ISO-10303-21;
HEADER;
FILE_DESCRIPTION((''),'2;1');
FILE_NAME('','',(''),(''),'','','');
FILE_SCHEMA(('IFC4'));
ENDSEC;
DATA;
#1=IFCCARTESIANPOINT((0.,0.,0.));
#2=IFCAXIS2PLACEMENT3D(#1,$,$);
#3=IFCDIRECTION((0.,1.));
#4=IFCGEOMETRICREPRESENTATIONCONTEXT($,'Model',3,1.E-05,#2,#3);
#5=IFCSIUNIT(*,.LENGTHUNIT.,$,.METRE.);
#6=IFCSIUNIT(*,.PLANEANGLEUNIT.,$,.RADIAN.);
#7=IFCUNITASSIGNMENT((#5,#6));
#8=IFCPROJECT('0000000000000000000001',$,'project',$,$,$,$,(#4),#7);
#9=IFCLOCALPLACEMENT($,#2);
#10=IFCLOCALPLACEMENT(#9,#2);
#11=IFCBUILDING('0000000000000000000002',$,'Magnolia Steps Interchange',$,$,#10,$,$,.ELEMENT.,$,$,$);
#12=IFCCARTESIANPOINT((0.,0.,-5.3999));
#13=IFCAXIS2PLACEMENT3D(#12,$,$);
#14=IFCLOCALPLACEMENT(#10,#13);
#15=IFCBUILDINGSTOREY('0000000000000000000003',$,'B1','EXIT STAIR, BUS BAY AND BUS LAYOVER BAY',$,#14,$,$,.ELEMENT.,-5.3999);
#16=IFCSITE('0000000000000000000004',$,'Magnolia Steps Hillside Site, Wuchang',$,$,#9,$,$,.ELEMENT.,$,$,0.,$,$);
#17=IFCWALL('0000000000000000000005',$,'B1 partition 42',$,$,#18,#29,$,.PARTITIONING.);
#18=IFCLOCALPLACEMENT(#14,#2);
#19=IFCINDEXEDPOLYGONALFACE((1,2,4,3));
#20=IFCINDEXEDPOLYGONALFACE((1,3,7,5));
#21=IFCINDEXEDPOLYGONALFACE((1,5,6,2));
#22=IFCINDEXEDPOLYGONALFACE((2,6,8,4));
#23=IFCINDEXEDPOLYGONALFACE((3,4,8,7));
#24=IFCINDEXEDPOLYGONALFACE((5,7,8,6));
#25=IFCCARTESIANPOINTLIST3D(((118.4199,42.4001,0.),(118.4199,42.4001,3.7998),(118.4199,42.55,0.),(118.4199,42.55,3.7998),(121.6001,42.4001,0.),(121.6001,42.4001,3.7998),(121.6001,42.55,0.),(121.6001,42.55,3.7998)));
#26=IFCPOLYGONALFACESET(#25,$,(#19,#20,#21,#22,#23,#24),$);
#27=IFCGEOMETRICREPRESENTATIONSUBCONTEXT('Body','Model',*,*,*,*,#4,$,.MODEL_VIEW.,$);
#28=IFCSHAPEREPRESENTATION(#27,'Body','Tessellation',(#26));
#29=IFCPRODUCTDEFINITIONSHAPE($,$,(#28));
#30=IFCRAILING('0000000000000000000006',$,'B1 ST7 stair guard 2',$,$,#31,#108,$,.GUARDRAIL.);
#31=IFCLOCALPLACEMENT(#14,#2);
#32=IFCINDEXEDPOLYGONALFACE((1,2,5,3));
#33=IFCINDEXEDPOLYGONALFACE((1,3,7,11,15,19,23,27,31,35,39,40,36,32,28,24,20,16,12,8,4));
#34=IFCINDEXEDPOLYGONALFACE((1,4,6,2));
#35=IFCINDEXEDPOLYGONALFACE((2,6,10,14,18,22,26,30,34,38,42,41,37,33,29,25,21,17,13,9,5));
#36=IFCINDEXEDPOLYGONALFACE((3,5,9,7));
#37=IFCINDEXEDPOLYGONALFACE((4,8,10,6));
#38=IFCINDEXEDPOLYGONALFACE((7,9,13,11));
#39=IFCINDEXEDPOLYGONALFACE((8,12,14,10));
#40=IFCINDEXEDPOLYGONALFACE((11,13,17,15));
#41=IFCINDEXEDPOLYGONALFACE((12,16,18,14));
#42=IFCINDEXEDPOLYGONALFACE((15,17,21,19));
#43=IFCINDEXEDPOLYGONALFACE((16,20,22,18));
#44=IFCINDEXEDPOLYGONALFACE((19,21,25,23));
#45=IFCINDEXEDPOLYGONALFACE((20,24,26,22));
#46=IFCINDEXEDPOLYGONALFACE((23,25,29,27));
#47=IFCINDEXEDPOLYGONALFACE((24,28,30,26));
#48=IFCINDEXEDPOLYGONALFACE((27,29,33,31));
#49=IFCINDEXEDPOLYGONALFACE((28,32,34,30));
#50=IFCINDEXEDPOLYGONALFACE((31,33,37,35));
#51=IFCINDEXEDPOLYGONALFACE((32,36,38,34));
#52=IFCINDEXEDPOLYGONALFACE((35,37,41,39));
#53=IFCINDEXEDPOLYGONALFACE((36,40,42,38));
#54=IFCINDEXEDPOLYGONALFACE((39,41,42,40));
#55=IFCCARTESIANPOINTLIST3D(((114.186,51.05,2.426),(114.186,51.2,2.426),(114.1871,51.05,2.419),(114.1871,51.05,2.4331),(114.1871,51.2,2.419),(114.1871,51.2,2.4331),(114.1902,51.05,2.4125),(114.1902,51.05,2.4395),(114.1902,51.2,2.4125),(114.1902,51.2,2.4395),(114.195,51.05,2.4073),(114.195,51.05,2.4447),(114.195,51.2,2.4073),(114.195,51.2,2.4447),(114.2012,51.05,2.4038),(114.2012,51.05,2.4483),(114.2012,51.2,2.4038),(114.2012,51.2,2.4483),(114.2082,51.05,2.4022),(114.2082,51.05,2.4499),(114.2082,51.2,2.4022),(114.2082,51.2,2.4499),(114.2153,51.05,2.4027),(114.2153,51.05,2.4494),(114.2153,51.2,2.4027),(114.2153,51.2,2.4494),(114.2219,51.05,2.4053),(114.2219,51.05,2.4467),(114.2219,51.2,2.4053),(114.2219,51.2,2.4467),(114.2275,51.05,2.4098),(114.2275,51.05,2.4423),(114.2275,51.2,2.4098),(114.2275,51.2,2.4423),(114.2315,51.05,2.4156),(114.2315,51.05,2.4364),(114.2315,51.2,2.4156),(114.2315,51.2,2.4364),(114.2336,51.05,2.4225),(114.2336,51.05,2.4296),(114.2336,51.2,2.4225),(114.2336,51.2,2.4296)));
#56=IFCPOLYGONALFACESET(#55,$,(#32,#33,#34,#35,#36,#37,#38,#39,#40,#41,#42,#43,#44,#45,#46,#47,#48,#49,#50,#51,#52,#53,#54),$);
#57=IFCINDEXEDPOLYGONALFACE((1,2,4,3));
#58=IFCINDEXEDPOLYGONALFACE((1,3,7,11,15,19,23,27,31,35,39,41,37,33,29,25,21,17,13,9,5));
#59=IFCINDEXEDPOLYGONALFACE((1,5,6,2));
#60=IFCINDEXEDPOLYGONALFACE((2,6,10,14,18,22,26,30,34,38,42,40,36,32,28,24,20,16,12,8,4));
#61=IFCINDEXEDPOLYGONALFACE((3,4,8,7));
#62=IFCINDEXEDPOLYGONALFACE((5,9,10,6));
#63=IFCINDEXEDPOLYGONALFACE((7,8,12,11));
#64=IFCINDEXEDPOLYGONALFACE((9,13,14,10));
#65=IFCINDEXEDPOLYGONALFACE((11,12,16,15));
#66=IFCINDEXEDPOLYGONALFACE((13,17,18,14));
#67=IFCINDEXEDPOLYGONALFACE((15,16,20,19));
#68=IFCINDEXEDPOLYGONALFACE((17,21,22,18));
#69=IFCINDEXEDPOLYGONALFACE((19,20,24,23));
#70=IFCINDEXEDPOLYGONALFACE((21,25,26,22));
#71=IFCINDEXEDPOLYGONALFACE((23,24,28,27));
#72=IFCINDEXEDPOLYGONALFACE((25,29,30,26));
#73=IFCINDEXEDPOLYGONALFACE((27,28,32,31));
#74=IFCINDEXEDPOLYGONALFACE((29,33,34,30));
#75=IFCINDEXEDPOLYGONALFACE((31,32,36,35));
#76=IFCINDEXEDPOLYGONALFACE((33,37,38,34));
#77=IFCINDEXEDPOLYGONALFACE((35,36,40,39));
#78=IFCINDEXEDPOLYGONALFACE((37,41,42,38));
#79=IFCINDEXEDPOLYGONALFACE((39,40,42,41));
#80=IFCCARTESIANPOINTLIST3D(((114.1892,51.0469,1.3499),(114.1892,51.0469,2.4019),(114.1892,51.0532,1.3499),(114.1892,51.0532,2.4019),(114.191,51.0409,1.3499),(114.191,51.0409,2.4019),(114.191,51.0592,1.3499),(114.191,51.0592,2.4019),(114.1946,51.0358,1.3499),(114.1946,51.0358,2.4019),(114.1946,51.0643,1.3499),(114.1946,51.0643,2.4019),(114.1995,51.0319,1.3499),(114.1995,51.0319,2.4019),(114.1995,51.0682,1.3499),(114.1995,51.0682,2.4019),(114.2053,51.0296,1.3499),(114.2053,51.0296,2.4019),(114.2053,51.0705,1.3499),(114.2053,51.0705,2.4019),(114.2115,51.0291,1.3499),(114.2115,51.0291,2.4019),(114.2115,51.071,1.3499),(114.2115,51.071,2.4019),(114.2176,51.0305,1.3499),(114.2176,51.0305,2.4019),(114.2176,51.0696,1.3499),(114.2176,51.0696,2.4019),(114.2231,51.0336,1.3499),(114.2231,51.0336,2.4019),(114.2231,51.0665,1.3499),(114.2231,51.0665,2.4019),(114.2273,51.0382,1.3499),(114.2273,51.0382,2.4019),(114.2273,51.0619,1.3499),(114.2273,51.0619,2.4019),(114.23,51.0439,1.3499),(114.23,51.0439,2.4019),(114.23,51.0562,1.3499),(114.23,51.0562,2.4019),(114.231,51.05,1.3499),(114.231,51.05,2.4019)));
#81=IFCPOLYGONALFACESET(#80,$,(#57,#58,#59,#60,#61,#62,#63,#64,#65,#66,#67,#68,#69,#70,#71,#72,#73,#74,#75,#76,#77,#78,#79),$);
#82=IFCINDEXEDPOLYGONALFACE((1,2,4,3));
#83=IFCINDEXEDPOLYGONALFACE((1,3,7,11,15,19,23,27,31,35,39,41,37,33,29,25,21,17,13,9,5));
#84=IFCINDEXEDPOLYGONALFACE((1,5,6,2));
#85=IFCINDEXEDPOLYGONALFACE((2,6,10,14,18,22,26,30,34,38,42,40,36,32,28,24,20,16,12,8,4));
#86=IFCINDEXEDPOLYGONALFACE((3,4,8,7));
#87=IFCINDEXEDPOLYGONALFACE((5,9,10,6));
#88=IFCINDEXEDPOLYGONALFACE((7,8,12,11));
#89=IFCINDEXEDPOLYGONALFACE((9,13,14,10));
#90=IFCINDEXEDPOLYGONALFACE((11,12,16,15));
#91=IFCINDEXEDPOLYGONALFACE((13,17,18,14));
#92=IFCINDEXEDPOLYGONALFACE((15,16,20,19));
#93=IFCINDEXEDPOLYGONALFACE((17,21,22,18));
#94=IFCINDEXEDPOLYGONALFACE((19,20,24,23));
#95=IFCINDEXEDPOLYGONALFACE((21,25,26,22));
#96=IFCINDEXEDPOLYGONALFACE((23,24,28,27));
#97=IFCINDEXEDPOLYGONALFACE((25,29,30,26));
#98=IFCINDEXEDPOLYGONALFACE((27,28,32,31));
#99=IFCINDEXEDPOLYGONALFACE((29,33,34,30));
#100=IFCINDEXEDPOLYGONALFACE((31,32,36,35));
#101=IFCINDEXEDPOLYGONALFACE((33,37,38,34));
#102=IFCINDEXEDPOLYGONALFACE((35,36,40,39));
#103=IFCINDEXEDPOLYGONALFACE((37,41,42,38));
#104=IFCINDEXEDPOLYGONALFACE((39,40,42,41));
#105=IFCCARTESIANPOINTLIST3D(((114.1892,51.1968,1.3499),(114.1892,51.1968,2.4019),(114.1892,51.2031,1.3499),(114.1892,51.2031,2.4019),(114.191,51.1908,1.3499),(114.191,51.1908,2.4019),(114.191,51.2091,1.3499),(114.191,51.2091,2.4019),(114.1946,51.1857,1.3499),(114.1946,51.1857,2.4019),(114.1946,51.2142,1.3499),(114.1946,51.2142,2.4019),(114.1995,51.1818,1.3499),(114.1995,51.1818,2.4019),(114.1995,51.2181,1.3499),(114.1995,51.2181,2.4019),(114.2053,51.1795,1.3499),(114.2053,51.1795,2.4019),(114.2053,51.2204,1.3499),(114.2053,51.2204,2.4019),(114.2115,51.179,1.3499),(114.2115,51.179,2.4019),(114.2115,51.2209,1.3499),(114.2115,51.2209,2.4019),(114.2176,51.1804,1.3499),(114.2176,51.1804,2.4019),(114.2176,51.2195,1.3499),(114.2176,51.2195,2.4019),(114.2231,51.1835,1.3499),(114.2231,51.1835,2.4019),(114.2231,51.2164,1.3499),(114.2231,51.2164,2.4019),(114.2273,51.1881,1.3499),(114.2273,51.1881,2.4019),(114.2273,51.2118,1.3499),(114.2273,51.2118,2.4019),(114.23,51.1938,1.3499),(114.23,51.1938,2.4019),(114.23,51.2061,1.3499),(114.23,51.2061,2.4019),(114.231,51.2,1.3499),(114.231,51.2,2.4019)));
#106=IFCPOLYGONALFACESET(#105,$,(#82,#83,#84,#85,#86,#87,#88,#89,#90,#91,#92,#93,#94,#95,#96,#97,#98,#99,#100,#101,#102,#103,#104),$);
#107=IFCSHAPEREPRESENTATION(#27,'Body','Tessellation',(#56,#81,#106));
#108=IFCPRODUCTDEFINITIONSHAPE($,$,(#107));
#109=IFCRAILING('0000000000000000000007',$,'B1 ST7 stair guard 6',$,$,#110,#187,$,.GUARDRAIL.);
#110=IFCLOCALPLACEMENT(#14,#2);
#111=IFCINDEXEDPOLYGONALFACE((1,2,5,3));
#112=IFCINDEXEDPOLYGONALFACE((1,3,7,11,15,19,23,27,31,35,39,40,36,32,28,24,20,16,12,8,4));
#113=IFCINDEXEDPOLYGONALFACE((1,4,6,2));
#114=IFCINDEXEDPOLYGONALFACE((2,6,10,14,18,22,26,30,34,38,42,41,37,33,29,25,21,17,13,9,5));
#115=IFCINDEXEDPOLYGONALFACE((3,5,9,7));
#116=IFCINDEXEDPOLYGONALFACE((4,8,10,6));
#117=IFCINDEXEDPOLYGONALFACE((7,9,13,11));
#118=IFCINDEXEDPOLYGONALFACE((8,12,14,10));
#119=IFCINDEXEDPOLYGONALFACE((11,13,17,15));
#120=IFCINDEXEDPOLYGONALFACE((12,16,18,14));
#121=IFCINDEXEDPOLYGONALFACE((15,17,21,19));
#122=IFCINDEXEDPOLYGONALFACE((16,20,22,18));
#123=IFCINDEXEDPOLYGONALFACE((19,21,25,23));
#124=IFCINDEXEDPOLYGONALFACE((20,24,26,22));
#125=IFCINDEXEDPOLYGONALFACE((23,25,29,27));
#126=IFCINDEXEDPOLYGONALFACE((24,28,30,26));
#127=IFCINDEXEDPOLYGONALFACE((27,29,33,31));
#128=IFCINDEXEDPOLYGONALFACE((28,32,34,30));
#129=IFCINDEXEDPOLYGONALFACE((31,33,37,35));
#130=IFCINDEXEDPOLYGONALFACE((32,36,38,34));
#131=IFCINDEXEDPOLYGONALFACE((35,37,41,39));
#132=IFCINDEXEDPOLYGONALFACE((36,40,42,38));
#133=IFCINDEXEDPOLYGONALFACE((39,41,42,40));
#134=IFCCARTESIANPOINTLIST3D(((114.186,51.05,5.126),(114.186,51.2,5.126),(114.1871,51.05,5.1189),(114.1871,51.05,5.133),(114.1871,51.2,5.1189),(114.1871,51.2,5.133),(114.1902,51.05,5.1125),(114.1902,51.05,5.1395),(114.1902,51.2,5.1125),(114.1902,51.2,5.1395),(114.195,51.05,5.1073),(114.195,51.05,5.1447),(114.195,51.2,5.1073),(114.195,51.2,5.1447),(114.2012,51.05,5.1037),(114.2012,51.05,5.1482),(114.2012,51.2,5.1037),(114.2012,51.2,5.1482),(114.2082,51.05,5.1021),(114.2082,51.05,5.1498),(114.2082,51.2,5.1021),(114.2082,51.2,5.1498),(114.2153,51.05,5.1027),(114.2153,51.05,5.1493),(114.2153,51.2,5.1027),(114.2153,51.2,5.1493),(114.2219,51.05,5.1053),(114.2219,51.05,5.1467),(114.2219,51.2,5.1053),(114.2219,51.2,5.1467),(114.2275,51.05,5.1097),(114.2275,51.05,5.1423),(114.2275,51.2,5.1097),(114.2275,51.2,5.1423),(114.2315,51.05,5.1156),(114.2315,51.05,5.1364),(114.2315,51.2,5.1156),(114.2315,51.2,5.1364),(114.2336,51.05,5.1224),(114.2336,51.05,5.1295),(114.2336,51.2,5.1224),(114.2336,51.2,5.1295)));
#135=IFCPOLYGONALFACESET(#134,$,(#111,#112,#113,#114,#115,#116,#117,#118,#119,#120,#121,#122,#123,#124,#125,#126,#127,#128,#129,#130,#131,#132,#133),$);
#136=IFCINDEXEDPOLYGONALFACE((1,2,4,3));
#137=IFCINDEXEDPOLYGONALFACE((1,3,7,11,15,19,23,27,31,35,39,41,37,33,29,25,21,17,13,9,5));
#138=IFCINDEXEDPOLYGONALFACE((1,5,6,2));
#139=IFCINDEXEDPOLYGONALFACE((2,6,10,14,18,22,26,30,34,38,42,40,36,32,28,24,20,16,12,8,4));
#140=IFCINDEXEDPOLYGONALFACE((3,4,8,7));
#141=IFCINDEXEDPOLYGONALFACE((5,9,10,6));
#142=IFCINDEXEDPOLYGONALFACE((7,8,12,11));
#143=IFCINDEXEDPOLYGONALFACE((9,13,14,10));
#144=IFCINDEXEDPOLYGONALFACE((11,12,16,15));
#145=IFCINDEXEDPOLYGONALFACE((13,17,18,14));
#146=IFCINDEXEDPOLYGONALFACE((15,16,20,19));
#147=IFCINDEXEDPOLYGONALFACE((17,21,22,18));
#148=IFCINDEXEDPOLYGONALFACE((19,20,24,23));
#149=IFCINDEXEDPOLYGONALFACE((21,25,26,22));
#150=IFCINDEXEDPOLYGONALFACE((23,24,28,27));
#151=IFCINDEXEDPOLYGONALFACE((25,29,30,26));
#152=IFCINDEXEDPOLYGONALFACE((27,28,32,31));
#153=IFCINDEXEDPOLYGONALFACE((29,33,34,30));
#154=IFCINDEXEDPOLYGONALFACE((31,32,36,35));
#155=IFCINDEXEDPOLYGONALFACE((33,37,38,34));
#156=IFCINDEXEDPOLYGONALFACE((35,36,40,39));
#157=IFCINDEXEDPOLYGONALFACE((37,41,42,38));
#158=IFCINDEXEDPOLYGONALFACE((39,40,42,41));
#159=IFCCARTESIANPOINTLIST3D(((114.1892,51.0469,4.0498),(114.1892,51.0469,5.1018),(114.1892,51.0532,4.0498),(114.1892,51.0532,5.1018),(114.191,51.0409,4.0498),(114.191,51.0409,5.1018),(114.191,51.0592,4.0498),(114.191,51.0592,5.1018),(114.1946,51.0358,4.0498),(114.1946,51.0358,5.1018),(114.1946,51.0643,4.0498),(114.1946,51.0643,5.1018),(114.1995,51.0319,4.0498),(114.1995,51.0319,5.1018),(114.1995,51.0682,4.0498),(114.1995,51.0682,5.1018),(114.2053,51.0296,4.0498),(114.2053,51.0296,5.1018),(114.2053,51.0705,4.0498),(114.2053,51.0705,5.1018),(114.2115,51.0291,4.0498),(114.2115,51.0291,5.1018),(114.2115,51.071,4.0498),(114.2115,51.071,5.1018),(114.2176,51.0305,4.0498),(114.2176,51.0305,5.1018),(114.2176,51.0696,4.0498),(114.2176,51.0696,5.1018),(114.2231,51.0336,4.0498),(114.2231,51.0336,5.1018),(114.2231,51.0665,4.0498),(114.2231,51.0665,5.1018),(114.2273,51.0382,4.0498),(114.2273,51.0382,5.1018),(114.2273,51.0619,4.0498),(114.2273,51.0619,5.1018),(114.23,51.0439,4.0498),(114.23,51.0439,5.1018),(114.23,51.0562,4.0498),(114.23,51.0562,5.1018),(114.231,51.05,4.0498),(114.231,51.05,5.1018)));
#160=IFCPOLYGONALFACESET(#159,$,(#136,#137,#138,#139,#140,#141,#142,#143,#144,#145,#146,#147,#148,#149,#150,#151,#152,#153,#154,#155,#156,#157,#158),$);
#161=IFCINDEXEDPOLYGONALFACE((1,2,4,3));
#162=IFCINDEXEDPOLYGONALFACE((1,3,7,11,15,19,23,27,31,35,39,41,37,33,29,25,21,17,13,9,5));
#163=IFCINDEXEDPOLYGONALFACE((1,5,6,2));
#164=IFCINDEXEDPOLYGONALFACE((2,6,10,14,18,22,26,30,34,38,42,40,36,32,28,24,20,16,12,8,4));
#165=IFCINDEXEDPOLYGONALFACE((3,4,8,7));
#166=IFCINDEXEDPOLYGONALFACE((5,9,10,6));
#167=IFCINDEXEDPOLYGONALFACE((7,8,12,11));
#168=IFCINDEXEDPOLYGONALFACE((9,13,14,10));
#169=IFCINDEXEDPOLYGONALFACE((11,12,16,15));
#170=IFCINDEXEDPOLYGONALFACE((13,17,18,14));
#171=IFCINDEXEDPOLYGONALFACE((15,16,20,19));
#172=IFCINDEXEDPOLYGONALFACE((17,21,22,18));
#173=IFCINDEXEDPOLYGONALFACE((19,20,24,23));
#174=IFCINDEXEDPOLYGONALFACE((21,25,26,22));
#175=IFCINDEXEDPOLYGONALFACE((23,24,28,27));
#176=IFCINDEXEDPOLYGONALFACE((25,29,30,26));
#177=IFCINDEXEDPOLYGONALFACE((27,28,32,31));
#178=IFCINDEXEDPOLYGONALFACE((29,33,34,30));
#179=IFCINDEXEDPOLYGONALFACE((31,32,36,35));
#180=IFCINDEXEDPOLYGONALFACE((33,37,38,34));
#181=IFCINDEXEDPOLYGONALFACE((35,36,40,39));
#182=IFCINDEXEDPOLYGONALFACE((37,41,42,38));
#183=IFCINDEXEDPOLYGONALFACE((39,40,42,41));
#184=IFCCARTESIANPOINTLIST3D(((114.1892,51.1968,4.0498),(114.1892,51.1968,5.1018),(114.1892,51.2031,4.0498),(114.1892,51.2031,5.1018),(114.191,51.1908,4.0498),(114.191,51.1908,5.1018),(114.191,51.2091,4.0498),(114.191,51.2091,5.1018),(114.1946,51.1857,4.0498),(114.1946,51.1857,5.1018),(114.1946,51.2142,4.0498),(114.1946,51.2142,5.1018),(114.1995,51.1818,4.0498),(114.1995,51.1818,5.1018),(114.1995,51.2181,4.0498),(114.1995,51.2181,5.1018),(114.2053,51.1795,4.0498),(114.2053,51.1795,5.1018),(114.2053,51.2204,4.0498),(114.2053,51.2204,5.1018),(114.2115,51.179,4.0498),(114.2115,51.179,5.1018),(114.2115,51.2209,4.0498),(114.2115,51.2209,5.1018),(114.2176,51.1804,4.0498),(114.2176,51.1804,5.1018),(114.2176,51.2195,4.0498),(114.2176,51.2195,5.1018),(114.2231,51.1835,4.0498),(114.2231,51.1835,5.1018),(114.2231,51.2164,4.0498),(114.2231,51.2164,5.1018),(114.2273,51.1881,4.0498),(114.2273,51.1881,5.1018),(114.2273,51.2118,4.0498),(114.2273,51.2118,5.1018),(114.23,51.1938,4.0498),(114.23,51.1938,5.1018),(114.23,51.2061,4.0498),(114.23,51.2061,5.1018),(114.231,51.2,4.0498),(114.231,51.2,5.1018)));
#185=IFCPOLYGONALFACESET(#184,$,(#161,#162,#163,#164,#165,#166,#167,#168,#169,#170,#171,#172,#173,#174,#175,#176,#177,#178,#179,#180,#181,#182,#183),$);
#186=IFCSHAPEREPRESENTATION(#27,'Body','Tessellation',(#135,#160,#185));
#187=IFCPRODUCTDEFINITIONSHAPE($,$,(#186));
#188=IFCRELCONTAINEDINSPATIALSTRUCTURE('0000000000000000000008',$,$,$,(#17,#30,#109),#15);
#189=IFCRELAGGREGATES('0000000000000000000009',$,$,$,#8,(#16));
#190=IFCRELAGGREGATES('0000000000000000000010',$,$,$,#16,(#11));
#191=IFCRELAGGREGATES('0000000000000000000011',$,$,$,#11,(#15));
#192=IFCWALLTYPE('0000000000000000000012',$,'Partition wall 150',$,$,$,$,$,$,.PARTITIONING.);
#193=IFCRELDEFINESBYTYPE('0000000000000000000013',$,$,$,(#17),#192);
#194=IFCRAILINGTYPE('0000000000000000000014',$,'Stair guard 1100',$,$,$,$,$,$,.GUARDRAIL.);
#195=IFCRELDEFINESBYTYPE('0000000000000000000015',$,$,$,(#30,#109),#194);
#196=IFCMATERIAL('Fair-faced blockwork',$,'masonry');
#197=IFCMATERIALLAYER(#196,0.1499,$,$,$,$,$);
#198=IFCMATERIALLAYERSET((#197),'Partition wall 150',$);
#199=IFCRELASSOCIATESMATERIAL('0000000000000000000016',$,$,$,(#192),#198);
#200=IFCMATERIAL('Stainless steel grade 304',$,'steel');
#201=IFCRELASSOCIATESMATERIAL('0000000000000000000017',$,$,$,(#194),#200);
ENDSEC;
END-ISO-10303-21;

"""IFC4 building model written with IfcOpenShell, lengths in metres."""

from ifc_helpers import new_model, si_unit, direction, frame, frame_2d, origin, origin_2d, place, context, subcontext, project, spatial, rectangle, circle, extrude, material, layer, layer_set, type_object, element, save


model = new_model("IFC4")

# Units and contexts
model_context = context("Model", 3, precision=1e-05, world=origin(), true_north=direction((0.0, 1.0)))
body_context = subcontext(model_context, "Body", "Model", "MODEL_VIEW")
ifc_project = project(units=[si_unit("LENGTHUNIT", "METRE"), si_unit("PLANEANGLEUNIT", "RADIAN")], contexts=[model_context])

# Site, building, storey
site_placement = place(None, origin())
site = spatial("IfcSite", under=ifc_project, at=site_placement, Name="Magnolia Steps Hillside Site, Wuchang", CompositionType="ELEMENT", RefElevation=0.0)
building_placement = place(site_placement, origin())
building = spatial("IfcBuilding", under=site, at=building_placement, Name="Magnolia Steps Interchange", CompositionType="ELEMENT")
storey_placement = place(building_placement, frame((0.0, 0.0, -5.3999)))
storey = spatial("IfcBuildingStorey", under=building, at=storey_placement, Name="B1", Description="EXIT STAIR, BUS BAY AND BUS LAYOVER BAY", CompositionType="ELEMENT", Elevation=-5.3999)

# Wall
ifc_material_1 = material(Name="Fair-faced blockwork", Category="masonry")
ifc_layer_1 = layer(ifc_material_1, 0.1499)
ifc_layer_set_1 = layer_set([ifc_layer_1], Name="Partition wall 150")
wall_type_1 = type_object("IfcWallType", Name="Partition wall 150", PredefinedType="PARTITIONING", material=ifc_layer_set_1)
wall_1_placement = place(storey_placement, frame((118.4199, 42.4751, 0.0), z_axis=(0.0, 0.0, 1.0), x_axis=(1.0, 0.0, 0.0)))
element("IfcWall", 1, at=wall_1_placement, inside=storey, type_object=wall_type_1, Name="B1 partition 42", PredefinedType="PARTITIONING", context=body_context, shape_type="SweptSolid", body=[
    extrude(rectangle(XDim=3.1802, YDim=0.1499, at=frame_2d((1.5901, 0.0))), origin(), (0.0, 0.0, 1.0), 3.7998),
])

# Railings
ifc_material_2 = material(Name="Stainless steel grade 304", Category="steel")
railing_type_1 = type_object("IfcRailingType", Name="Stair guard 1100", PredefinedType="GUARDRAIL", material=ifc_material_2)
for number, where, name in (
    (2, (114.21, 51.05, 1.3499), "B1 ST7 stair guard 2"),
    (3, (114.21, 51.05, 4.0498), "B1 ST7 stair guard 6"),
):
    element("IfcRailing", number, at=place(storey_placement, frame(where)), inside=storey, type_object=railing_type_1, Name=name, PredefinedType="GUARDRAIL", context=body_context, shape_type="SweptSolid", body=[
        extrude(circle(Radius=0.0239, at=origin_2d()), frame((0.0, 0.0, 1.0762), z_axis=(0.0, 1.0, 0.0), x_axis=(-1.0, 0.0, 0.0)), (0.0, 0.0, 1.0), 0.1499),
        extrude(circle(Radius=0.021, at=origin_2d()), origin(), (0.0, 0.0, 1.0), 1.052),
        extrude(circle(Radius=0.021, at=origin_2d()), frame((0.0, 0.1499, 0.0)), (0.0, 0.0, 1.0), 1.052),
    ])

save(model, "model.ifc")
